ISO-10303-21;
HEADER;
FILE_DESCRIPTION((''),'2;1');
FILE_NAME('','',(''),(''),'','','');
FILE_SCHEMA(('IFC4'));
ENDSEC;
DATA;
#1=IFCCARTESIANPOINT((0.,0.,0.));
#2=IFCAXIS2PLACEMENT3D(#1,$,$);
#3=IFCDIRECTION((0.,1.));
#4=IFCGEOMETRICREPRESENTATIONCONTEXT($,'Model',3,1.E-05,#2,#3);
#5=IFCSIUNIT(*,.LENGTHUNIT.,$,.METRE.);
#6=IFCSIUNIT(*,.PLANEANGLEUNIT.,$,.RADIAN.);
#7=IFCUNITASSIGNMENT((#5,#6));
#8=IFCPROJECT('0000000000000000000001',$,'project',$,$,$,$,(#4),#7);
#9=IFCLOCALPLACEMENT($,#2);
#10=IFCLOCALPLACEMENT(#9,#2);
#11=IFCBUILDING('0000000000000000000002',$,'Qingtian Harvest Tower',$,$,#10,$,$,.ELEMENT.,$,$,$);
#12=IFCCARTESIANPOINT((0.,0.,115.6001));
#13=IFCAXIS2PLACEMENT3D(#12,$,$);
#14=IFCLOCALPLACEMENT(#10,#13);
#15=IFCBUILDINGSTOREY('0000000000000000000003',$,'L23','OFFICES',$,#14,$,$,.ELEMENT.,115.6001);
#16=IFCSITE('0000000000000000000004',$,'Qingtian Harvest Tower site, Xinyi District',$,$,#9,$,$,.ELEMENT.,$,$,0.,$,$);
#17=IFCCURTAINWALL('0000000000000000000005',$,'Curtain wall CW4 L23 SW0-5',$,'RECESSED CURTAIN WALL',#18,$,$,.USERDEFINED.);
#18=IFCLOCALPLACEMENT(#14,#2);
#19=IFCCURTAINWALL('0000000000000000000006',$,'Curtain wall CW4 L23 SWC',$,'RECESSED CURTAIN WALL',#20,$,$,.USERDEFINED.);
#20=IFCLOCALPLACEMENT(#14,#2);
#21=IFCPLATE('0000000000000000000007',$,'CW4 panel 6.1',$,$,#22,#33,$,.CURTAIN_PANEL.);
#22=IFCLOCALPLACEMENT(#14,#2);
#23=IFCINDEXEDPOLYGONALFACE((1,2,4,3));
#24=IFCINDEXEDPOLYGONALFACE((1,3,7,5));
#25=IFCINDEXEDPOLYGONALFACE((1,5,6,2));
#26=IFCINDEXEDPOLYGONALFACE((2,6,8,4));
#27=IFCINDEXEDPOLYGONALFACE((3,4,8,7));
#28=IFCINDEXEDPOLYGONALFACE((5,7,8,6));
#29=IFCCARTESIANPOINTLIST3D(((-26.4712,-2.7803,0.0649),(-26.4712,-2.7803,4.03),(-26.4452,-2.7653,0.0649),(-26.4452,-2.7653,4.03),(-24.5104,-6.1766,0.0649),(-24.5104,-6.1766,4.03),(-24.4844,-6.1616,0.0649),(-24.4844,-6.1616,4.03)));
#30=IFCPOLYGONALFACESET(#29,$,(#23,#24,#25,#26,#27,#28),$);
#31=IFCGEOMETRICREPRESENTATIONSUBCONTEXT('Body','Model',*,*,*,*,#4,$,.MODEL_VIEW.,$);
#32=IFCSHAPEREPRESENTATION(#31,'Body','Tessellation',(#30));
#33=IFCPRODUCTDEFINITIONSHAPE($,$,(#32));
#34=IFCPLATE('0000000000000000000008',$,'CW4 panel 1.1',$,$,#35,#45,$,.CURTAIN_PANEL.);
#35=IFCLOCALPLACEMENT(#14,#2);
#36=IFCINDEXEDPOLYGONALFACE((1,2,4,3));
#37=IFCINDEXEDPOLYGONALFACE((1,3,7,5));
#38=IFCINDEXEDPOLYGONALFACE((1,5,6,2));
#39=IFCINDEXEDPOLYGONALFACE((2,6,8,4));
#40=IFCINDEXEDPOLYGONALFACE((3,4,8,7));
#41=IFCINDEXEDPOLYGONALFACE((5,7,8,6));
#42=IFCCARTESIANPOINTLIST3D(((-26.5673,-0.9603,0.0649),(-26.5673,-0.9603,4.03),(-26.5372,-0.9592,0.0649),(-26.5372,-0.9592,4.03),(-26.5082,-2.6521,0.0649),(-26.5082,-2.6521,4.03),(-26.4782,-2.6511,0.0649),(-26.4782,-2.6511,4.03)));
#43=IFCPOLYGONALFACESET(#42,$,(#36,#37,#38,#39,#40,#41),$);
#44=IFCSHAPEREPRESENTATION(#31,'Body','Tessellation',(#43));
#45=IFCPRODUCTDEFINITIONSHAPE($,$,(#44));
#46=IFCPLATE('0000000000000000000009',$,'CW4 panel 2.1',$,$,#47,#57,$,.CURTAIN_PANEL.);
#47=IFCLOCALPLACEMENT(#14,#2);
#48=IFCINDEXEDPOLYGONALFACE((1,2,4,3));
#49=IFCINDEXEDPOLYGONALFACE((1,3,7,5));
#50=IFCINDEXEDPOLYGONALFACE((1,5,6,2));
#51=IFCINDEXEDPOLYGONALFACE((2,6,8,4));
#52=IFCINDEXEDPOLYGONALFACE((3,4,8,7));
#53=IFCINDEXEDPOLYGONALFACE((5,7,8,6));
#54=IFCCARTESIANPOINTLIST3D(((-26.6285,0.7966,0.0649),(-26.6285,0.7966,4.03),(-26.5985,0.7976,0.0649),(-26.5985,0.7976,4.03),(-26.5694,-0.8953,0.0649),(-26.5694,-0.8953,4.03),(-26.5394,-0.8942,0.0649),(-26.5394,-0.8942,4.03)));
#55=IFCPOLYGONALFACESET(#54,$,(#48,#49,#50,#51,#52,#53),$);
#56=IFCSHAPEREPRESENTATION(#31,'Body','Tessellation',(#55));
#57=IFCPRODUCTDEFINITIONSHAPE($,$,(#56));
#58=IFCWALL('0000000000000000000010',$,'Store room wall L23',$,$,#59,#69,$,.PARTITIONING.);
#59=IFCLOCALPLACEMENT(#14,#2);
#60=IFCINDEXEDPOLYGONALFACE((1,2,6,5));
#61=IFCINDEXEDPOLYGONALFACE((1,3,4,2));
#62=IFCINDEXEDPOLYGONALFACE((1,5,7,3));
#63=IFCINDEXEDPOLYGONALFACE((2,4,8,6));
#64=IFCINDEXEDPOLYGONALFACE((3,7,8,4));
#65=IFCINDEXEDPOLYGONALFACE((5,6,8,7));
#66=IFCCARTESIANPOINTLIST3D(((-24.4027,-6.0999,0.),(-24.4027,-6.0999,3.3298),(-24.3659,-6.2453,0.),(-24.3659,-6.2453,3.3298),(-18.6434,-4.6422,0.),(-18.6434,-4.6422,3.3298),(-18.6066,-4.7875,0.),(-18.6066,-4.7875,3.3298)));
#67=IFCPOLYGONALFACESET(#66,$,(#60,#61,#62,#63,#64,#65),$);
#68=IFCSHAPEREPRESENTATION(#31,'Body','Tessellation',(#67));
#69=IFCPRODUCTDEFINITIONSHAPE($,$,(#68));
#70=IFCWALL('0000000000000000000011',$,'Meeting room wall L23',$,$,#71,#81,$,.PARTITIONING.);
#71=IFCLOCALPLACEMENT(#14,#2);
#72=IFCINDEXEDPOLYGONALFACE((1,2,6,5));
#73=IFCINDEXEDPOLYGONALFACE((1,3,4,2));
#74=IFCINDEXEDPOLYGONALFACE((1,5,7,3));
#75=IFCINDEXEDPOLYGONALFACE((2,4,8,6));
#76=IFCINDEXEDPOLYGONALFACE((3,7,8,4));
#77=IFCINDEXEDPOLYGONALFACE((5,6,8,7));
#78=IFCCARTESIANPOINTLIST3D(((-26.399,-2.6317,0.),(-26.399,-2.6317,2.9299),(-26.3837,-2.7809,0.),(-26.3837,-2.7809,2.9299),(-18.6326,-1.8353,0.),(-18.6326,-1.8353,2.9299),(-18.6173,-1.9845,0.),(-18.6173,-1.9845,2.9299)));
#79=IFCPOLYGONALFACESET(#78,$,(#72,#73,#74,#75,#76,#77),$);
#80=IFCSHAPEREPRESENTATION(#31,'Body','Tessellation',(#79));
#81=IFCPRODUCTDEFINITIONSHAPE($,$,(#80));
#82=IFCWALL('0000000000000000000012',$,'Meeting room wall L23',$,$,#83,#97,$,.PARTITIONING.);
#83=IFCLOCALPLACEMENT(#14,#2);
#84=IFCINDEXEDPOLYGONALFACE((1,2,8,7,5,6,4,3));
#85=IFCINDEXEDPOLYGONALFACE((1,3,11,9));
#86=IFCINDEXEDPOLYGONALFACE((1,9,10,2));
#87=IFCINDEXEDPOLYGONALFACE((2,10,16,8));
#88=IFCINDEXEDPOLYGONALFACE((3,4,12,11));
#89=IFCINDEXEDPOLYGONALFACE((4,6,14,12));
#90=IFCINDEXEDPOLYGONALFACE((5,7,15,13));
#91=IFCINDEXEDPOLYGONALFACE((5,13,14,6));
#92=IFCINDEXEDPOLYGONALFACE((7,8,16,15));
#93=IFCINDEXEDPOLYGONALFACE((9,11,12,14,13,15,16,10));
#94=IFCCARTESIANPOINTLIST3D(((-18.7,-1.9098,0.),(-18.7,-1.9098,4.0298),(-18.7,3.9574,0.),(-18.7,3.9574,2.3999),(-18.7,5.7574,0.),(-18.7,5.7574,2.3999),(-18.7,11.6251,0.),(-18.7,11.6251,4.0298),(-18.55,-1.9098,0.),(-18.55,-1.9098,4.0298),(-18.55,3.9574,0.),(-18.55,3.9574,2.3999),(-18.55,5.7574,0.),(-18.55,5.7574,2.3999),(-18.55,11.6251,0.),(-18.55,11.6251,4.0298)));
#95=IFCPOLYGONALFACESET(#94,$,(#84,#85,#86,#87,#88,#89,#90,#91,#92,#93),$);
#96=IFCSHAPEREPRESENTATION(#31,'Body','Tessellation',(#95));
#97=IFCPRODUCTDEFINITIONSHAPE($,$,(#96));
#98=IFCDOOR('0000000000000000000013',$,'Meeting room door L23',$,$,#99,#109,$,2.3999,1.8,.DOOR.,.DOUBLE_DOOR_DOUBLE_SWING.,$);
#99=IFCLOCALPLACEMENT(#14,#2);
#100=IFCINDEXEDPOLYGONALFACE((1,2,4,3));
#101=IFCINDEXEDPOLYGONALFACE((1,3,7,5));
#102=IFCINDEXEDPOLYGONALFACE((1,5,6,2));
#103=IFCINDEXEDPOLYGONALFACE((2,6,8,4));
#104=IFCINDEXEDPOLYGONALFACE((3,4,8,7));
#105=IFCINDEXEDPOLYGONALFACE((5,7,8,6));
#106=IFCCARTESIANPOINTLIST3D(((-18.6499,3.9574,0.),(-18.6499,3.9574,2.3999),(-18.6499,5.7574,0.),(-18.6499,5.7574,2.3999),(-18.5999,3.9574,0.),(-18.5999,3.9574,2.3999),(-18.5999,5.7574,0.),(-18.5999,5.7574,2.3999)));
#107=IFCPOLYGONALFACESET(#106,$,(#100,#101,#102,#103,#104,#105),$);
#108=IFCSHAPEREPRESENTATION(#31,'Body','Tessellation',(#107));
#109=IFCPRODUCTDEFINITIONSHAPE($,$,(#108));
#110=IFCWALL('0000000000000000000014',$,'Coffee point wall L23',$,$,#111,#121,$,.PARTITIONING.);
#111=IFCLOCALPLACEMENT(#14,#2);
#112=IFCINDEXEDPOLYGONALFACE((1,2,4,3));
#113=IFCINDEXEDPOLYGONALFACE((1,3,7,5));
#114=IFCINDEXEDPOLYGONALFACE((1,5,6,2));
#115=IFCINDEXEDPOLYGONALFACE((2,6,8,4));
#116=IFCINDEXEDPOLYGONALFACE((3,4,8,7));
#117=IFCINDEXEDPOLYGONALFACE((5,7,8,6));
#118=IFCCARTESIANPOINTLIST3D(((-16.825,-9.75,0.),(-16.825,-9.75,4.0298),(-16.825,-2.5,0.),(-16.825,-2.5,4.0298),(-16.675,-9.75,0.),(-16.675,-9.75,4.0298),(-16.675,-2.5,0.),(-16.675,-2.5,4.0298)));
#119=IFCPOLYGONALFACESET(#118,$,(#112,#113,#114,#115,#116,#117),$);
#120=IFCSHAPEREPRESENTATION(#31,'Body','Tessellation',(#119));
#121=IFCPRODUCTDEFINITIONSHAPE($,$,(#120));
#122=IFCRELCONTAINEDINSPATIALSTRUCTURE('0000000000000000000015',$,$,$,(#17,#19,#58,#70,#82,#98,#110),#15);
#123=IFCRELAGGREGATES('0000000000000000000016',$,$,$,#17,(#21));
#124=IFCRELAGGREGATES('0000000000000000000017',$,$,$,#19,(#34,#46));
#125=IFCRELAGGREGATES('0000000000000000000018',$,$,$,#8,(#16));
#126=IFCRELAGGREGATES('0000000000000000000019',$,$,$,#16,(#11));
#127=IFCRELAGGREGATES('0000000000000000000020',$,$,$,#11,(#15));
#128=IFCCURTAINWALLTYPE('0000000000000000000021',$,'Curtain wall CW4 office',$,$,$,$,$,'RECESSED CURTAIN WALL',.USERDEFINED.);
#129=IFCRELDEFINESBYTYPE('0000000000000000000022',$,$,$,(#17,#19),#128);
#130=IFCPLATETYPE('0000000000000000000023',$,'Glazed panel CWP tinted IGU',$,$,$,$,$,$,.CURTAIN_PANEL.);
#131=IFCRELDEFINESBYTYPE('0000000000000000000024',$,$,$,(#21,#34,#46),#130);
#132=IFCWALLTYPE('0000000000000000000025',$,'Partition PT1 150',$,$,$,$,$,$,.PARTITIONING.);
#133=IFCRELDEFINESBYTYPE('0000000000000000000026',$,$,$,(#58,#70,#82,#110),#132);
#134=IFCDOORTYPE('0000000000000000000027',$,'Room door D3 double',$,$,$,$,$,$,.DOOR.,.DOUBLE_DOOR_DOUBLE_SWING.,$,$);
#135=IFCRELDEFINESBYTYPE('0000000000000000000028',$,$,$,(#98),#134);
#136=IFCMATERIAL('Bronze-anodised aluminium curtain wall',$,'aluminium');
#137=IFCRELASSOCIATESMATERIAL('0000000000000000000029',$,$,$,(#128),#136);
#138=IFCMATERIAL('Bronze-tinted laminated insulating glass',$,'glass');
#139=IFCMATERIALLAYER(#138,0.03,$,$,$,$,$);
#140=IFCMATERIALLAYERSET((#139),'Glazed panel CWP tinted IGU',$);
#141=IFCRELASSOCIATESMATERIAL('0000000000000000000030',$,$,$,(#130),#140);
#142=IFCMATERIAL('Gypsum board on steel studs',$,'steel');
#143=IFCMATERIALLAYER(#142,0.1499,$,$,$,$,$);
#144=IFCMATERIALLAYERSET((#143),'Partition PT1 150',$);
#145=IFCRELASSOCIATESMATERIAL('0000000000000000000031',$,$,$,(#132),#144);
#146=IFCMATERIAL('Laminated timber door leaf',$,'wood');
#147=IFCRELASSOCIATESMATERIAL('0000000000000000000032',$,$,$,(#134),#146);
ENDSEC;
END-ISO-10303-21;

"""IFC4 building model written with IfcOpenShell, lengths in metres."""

from ifc_helpers import new_model, si_unit, direction, frame, frame_2d, origin, origin_2d, place, context, subcontext, project, spatial, rectangle, extrude, material, layer, layer_set, type_object, element, fill, aggregate, save


model = new_model("IFC4")

# Units and contexts
model_context = context("Model", 3, precision=1e-05, world=origin(), true_north=direction((0.0, 1.0)))
body_context = subcontext(model_context, "Body", "Model", "MODEL_VIEW")
ifc_project = project(units=[si_unit("LENGTHUNIT", "METRE"), si_unit("PLANEANGLEUNIT", "RADIAN")], contexts=[model_context])

# Site, building, storey
site_placement = place(None, origin())
site = spatial("IfcSite", under=ifc_project, at=site_placement, Name="Qingtian Harvest Tower site, Xinyi District", CompositionType="ELEMENT", RefElevation=0.0)
building_placement = place(site_placement, origin())
building = spatial("IfcBuilding", under=site, at=building_placement, Name="Qingtian Harvest Tower", CompositionType="ELEMENT")
storey_placement = place(building_placement, frame((0.0, 0.0, 115.6001)))
storey = spatial("IfcBuildingStorey", under=building, at=storey_placement, Name="L23", Description="OFFICES", CompositionType="ELEMENT", Elevation=115.6001)

# Curtain walls
ifc_material_1 = material(Name="Bronze-anodised aluminium curtain wall", Category="aluminium")
curtain_wall_type = type_object("IfcCurtainWallType", Name="Curtain wall CW4 office", ElementType="RECESSED CURTAIN WALL", PredefinedType="USERDEFINED", material=ifc_material_1)
curtain_wall_1_placement = place(storey_placement, origin())
curtain_wall_1 = element("IfcCurtainWall", 1, at=curtain_wall_1_placement, inside=storey, type_object=curtain_wall_type, Name="Curtain wall CW4 L23 SW0-5", ObjectType="RECESSED CURTAIN WALL", PredefinedType="USERDEFINED")
curtain_wall_2_placement = place(storey_placement, origin())
curtain_wall_2 = element("IfcCurtainWall", 2, at=curtain_wall_2_placement, inside=storey, type_object=curtain_wall_type, Name="Curtain wall CW4 L23 SWC", ObjectType="RECESSED CURTAIN WALL", PredefinedType="USERDEFINED")

# Plates
ifc_material_2 = material(Name="Bronze-tinted laminated insulating glass", Category="glass")
ifc_layer_1 = layer(ifc_material_2, 0.03)
ifc_layer_set_1 = layer_set([ifc_layer_1], Name="Glazed panel CWP tinted IGU")
plate_type = type_object("IfcPlateType", Name="Glazed panel CWP tinted IGU", PredefinedType="CURTAIN_PANEL", material=ifc_layer_set_1)
plate_1_placement = place(storey_placement, frame((-25.4778, -4.4709, 0.0649), z_axis=(0.0, 0.0, 1.0), x_axis=(-0.5, 0.866025, 0.0)))
plate_1 = element("IfcPlate", 3, at=plate_1_placement, type_object=plate_type, Name="CW4 panel 6.1", PredefinedType="CURTAIN_PANEL", context=body_context, shape_type="SweptSolid", body=[
    extrude(rectangle(XDim=3.9216, YDim=0.03, at=origin_2d()), origin(), (0.0, 0.0, 1.0), 3.9651),
])
aggregate(curtain_wall_1, [plate_1])
plate_2_placement = place(storey_placement, frame((-26.5227, -1.8057, 0.0649), z_axis=(0.0, 0.0, 1.0), x_axis=(-0.034899, 0.999391, 0.0)))
plate_2 = element("IfcPlate", 4, at=plate_2_placement, type_object=plate_type, Name="CW4 panel 1.1", PredefinedType="CURTAIN_PANEL", context=body_context, shape_type="SweptSolid", body=[
    extrude(rectangle(XDim=1.6929, YDim=0.03, at=origin_2d()), origin(), (0.0, 0.0, 1.0), 3.9651),
])
plate_3_placement = place(storey_placement, frame((-26.584, -0.0488, 0.0649), z_axis=(0.0, 0.0, 1.0), x_axis=(-0.034899, 0.999391, 0.0)))
plate_3 = element("IfcPlate", 5, at=plate_3_placement, type_object=plate_type, Name="CW4 panel 2.1", PredefinedType="CURTAIN_PANEL", context=body_context, shape_type="SweptSolid", body=[
    extrude(rectangle(XDim=1.6929, YDim=0.03, at=origin_2d()), origin(), (0.0, 0.0, 1.0), 3.9651),
])
aggregate(curtain_wall_2, [plate_2, plate_3])

# Wall
ifc_material_3 = material(Name="Gypsum board on steel studs", Category="steel")
ifc_layer_2 = layer(ifc_material_3, 0.1499)
ifc_layer_set_2 = layer_set([ifc_layer_2], Name="Partition PT1 150")
wall_type = type_object("IfcWallType", Name="Partition PT1 150", PredefinedType="PARTITIONING", material=ifc_layer_set_2)
wall_1_placement = place(storey_placement, frame((-24.3843, -6.1726, 0.0), z_axis=(0.0, 0.0, 1.0), x_axis=(0.969428, 0.245377, 0.0)))
element("IfcWall", 6, at=wall_1_placement, inside=storey, type_object=wall_type, Name="Store room wall L23", PredefinedType="PARTITIONING", context=body_context, shape_type="SweptSolid", body=[
    extrude(rectangle(XDim=5.9409, YDim=0.1499, at=frame_2d((2.9705, 0.0))), origin(), (0.0, 0.0, 1.0), 3.3298),
])

# Wall
wall_2_placement = place(storey_placement, frame((-26.3914, -2.7063, 0.0), z_axis=(0.0, 0.0, 1.0), x_axis=(0.994784, 0.102008, 0.0)))
element("IfcWall", 7, at=wall_2_placement, inside=storey, type_object=wall_type, Name="Meeting room wall L23", PredefinedType="PARTITIONING", context=body_context, shape_type="SweptSolid", body=[
    extrude(rectangle(XDim=7.8071, YDim=0.1499, at=frame_2d((3.9036, 0.0))), origin(), (0.0, 0.0, 1.0), 2.9299),
])

# Wall, opening, door
wall_3_placement = place(storey_placement, frame((-18.625, -1.9099, 0.0), z_axis=(0.0, 0.0, 1.0), x_axis=(0.0, 1.0, 0.0)))
wall_3 = element("IfcWall", 8, at=wall_3_placement, inside=storey, type_object=wall_type, Name="Meeting room wall L23", PredefinedType="PARTITIONING", context=body_context, shape_type="SweptSolid", body=[
    extrude(rectangle(XDim=13.5349, YDim=0.1499, at=frame_2d((6.7676, 0.0))), origin(), (0.0, 0.0, 1.0), 4.0298),
])
opening_1_placement = place(wall_3_placement, frame((5.8674, 0.0, 0.0)))
opening_1 = element("IfcOpeningElement", 9, at=opening_1_placement, cuts=wall_3, PredefinedType="OPENING", context=body_context, shape_type="SweptSolid", body=[
    extrude(rectangle(XDim=1.8, YDim=2.3999, at=frame_2d((0.8999, 1.2))), frame((0.0, 0.085, 0.0), z_axis=(0.0, -1.0, 0.0), x_axis=(1.0, 0.0, 0.0)), (0.0, 0.0, 1.0), 0.1699),
])
ifc_material_4 = material(Name="Laminated timber door leaf", Category="wood")
door_type_1 = type_object("IfcDoorType", Name="Room door D3 double", OperationType="DOUBLE_DOOR_DOUBLE_SWING", PredefinedType="DOOR", material=ifc_material_4)
door_1_placement = place(opening_1_placement, origin())
door_1 = element("IfcDoor", 10, at=door_1_placement, inside=storey, type_object=door_type_1, Name="Meeting room door L23", OperationType="DOUBLE_DOOR_DOUBLE_SWING", OverallHeight=2.3999, OverallWidth=1.8, PredefinedType="DOOR", context=body_context, shape_type="SweptSolid", body=[
    extrude(rectangle(XDim=1.8, YDim=2.3999, at=frame_2d((0.8999, 1.2))), frame((0.0, 0.0249, 0.0), z_axis=(0.0, -1.0, 0.0), x_axis=(1.0, 0.0, 0.0)), (0.0, 0.0, 1.0), 0.05),
])
fill(opening_1, door_1)

# Wall
wall_4_placement = place(storey_placement, frame((-16.75, -9.75, 0.0), z_axis=(0.0, 0.0, 1.0), x_axis=(0.0, 1.0, 0.0)))
element("IfcWall", 11, at=wall_4_placement, inside=storey, type_object=wall_type, Name="Coffee point wall L23", PredefinedType="PARTITIONING", context=body_context, shape_type="SweptSolid", body=[
    extrude(rectangle(XDim=7.25, YDim=0.1499, at=frame_2d((3.625, 0.0))), origin(), (0.0, 0.0, 1.0), 4.0298),
])

save(model, "model.ifc")
